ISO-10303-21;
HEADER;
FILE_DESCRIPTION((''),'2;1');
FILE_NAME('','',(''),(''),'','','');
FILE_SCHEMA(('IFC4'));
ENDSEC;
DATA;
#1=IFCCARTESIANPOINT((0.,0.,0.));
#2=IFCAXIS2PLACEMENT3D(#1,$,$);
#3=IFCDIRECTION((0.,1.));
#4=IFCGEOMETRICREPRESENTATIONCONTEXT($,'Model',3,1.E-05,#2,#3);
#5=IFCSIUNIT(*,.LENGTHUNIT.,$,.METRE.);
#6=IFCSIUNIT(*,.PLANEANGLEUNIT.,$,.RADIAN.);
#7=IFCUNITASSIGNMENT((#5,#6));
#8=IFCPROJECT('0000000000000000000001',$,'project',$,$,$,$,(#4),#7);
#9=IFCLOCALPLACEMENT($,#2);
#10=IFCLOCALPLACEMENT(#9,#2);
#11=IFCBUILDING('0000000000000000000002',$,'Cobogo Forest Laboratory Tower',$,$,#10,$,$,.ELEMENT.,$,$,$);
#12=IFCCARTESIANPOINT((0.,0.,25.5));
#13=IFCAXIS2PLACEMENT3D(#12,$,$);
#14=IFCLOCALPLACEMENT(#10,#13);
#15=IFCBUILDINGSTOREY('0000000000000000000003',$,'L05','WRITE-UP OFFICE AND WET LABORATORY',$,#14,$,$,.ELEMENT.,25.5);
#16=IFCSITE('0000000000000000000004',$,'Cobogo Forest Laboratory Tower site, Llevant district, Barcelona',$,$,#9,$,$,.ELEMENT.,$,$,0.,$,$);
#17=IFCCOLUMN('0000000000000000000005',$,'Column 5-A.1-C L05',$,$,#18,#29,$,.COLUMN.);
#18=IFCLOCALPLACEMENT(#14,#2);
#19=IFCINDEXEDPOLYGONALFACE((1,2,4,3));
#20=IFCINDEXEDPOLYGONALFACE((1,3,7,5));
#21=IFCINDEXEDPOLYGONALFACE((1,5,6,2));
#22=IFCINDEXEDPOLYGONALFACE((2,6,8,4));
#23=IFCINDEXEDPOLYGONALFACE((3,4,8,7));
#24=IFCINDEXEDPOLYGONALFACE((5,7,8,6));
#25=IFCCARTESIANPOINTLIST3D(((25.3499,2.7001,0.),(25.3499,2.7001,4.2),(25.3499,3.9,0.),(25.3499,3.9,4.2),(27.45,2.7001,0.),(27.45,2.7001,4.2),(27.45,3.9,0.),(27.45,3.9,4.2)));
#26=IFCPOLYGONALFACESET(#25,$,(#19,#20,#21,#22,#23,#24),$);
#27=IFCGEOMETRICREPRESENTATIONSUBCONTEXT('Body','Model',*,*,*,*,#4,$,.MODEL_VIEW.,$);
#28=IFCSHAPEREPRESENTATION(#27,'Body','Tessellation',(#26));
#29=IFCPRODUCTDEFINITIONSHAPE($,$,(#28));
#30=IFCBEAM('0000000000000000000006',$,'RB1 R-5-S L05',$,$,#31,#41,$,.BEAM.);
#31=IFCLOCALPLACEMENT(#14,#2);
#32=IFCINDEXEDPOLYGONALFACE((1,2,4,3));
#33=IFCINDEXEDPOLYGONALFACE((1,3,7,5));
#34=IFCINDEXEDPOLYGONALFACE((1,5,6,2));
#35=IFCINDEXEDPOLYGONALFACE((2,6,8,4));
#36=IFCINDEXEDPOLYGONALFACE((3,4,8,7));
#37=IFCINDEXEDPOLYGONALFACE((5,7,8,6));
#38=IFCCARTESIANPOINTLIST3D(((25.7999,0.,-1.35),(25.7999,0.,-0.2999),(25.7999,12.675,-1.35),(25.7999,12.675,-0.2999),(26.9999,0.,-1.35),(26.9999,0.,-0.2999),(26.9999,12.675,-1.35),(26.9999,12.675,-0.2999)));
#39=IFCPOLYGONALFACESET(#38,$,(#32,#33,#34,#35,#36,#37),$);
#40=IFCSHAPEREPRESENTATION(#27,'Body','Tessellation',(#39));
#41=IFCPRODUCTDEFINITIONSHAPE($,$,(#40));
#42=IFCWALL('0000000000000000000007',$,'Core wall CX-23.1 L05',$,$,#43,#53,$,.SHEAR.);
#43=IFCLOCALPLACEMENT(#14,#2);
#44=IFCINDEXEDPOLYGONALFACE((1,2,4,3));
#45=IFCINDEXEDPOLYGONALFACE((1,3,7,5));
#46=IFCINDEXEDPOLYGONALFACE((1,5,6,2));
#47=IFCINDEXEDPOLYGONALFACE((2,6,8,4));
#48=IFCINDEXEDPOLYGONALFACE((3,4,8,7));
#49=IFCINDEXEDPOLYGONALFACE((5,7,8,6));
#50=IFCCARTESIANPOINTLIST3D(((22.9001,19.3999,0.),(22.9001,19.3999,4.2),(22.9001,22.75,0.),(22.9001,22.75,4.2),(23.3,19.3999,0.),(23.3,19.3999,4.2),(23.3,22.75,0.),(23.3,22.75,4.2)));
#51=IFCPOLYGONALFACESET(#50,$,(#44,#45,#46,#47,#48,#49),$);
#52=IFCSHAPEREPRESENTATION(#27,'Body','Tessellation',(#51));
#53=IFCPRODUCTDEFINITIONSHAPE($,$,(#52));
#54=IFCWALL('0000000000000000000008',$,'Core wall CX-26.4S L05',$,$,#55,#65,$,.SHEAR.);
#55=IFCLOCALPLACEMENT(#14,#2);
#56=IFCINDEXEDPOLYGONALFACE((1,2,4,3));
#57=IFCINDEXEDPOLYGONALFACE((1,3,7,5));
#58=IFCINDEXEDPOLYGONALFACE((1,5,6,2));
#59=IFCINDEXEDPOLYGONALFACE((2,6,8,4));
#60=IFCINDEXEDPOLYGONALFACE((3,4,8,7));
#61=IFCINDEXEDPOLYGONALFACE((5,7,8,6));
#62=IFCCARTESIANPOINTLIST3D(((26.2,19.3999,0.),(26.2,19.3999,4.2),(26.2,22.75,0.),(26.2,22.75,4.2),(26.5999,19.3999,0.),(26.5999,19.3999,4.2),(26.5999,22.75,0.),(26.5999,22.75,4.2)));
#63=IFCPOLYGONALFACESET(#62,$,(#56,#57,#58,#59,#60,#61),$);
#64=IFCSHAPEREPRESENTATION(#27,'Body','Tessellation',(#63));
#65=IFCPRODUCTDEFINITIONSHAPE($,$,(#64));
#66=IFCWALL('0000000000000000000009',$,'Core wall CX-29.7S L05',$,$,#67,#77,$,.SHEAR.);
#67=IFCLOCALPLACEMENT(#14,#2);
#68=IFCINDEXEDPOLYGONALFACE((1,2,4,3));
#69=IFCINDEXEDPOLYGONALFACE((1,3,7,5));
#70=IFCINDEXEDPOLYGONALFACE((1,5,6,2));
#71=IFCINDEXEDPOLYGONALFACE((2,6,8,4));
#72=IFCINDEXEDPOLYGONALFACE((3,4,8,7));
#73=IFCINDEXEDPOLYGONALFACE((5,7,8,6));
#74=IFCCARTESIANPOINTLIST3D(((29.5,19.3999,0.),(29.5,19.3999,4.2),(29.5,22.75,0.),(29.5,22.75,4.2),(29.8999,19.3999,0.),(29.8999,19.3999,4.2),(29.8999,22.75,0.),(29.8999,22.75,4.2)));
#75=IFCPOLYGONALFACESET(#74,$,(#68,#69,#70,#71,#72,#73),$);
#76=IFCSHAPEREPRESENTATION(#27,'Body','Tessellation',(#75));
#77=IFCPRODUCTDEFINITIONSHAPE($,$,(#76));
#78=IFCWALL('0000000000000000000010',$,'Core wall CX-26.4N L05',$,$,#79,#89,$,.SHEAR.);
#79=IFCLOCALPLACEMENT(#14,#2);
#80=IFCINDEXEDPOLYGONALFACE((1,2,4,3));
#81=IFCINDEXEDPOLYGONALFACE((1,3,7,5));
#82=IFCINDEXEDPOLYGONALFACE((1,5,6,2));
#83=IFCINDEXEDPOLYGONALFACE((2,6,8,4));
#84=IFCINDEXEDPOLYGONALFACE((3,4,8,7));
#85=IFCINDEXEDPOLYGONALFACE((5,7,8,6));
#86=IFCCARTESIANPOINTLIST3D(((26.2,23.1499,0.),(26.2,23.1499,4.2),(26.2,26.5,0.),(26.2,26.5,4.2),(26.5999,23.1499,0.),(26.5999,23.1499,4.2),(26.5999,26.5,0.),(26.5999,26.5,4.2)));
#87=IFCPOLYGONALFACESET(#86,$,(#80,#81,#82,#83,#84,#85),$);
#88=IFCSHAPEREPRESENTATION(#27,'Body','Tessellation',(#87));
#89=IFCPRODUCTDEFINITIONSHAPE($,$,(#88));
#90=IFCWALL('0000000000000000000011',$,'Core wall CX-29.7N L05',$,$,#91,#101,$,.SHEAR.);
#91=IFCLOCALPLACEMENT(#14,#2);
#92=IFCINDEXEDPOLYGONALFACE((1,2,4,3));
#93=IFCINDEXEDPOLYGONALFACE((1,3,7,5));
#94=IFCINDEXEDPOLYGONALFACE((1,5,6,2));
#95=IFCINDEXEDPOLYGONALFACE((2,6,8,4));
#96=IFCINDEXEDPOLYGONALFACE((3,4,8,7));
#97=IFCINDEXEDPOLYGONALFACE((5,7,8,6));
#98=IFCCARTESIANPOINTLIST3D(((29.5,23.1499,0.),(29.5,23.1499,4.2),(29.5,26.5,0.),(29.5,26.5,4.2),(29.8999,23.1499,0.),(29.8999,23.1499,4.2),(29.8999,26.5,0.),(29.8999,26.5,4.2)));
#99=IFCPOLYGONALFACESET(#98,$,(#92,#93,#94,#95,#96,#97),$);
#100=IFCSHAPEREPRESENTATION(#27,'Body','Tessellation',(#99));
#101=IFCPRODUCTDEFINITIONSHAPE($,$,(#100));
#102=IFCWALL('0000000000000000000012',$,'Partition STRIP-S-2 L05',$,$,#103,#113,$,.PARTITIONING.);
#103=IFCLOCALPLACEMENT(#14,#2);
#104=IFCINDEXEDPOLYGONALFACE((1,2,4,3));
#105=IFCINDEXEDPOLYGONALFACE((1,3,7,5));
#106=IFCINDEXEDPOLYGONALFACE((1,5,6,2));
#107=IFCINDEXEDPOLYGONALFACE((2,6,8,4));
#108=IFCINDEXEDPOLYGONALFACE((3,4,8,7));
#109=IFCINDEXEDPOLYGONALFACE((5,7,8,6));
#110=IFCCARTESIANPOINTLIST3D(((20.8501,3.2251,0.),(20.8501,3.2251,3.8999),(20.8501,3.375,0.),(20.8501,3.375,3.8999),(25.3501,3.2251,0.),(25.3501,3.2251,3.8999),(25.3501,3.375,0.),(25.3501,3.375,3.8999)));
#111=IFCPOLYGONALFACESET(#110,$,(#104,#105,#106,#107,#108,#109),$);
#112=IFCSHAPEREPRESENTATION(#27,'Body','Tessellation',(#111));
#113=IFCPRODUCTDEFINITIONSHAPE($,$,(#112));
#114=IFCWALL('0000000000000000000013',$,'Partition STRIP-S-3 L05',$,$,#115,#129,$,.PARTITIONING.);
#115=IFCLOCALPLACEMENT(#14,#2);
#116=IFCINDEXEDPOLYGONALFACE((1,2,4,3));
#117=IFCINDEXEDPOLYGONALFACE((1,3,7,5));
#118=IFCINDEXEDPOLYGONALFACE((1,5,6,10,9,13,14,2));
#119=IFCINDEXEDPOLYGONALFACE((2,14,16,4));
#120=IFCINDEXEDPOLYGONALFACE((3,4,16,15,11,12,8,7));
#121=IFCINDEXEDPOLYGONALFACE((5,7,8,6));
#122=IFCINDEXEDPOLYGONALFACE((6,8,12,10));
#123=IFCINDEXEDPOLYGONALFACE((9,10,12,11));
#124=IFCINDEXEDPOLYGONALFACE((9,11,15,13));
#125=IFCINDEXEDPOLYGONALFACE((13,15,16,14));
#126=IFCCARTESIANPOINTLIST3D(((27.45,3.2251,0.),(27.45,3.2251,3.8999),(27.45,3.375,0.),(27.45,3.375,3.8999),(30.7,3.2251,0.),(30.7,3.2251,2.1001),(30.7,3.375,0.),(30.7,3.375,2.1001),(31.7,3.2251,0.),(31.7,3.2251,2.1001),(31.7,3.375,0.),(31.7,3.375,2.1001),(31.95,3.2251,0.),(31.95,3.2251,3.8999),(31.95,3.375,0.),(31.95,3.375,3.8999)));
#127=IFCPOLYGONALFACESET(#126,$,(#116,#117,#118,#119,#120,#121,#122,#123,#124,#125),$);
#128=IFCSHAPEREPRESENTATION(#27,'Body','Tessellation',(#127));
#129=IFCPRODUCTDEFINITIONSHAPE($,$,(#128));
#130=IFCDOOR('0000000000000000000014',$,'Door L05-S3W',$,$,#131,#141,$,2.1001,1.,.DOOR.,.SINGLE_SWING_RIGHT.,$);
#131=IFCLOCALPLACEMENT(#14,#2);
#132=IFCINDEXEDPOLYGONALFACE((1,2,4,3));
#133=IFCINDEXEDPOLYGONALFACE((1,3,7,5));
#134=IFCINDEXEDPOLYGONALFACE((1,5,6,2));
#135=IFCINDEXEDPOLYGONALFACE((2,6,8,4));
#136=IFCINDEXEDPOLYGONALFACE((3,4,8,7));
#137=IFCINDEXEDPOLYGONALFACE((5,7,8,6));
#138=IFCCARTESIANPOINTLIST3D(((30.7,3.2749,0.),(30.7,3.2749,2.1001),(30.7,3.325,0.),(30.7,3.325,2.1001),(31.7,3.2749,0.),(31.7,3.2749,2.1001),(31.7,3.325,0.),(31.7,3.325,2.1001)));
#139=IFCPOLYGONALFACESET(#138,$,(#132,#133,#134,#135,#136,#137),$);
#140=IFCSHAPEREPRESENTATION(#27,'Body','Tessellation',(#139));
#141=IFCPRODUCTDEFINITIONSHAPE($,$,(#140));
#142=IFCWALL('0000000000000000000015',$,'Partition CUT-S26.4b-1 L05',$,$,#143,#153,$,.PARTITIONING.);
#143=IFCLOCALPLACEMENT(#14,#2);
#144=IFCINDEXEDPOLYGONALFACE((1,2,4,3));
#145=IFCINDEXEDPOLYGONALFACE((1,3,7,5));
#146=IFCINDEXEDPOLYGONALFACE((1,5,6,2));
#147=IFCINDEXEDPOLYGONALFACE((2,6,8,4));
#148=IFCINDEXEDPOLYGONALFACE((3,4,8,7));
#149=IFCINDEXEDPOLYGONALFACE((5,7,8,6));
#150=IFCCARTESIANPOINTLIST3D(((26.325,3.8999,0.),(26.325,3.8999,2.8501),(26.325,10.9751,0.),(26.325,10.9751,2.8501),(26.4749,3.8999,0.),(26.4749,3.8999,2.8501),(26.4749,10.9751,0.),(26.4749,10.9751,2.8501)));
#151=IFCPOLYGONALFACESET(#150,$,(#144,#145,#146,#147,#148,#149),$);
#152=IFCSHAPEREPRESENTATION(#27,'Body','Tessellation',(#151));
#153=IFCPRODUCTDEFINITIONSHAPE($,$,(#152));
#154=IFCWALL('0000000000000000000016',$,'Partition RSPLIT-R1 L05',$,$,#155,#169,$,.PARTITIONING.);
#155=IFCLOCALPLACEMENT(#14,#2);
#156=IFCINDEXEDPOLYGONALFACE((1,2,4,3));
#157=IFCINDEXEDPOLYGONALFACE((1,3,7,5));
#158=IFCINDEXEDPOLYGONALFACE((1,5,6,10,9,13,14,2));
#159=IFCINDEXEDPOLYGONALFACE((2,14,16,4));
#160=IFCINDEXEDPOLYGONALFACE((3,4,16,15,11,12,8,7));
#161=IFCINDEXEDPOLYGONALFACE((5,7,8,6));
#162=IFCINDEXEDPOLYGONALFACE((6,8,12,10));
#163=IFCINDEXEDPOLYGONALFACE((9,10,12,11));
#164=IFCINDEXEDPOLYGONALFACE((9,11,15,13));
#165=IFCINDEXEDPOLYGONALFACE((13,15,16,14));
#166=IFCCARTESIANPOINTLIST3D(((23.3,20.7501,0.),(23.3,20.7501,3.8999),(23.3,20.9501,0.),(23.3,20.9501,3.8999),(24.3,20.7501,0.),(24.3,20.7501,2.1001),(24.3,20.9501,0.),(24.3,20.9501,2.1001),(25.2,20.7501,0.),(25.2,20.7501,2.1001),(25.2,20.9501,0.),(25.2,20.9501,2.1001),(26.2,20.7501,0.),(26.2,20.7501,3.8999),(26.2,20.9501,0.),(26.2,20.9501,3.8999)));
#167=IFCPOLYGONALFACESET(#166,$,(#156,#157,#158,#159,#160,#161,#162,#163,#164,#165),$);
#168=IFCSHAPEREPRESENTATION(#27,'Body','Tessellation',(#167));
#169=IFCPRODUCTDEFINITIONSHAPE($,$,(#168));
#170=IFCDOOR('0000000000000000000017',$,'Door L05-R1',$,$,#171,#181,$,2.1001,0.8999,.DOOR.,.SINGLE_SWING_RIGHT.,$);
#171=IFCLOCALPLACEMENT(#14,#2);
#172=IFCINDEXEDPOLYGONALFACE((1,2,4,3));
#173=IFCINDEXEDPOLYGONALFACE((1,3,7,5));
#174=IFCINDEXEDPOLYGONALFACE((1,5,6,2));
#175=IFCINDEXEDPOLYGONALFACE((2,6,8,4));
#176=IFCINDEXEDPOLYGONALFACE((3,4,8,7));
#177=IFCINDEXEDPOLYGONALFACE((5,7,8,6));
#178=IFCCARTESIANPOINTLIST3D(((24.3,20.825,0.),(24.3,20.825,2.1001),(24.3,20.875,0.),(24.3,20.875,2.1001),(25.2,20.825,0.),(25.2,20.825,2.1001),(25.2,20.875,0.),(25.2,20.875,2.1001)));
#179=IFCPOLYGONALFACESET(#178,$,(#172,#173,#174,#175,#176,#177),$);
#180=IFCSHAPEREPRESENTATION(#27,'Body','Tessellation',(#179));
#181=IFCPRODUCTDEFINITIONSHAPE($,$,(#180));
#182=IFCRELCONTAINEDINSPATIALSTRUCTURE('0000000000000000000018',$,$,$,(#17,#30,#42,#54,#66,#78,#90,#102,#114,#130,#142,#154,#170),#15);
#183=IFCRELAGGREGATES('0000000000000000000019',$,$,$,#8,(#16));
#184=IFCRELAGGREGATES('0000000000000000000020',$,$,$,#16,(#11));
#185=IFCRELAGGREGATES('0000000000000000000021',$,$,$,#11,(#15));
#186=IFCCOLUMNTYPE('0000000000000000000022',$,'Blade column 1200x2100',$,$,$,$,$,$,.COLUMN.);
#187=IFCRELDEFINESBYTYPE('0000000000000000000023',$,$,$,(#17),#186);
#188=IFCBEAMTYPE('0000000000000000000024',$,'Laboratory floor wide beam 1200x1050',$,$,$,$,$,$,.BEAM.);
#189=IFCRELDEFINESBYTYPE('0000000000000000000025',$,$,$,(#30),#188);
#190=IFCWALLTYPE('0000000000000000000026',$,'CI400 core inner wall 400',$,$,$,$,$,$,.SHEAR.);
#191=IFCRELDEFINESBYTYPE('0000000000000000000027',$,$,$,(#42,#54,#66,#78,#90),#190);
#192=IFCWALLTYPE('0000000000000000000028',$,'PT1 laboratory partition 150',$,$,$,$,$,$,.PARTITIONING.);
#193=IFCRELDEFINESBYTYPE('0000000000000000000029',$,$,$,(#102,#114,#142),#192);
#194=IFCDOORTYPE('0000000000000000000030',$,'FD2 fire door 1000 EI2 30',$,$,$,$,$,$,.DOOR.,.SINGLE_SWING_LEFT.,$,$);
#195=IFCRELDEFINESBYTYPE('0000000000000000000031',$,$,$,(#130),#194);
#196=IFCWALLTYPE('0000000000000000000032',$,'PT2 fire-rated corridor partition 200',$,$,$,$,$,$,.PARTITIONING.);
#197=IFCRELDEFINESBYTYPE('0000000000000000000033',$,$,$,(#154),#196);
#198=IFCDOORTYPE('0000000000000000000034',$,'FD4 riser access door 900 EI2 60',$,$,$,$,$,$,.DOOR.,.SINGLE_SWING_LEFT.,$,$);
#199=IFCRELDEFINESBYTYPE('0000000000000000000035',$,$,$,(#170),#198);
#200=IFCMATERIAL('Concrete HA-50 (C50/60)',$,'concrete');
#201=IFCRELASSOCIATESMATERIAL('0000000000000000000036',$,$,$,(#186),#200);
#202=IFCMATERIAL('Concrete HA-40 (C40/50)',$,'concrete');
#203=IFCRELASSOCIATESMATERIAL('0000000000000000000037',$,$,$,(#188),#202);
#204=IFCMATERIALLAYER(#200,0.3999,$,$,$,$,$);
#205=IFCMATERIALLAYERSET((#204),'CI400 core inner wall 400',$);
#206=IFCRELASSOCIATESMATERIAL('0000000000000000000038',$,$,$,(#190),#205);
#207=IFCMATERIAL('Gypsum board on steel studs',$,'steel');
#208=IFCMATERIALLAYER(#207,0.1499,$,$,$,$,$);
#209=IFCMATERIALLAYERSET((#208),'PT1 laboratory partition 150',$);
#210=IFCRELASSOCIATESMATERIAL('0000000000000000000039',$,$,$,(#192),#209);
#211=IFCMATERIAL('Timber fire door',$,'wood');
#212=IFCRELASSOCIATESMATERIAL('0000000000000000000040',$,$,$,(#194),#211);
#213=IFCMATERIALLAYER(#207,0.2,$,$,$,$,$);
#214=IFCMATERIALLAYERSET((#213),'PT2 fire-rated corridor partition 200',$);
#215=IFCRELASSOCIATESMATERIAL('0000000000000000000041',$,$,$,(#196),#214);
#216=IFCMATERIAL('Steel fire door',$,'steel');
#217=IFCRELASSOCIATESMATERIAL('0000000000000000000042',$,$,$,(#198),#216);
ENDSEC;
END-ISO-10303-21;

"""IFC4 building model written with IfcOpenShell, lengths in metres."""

from ifc_helpers import new_model, si_unit, direction, frame, frame_2d, origin, origin_2d, place, context, subcontext, project, spatial, rectangle, extrude, material, layer, layer_set, material_profile, profile_set, type_object, element, fill, save


model = new_model("IFC4")

# Units and contexts
model_context = context("Model", 3, precision=1e-05, world=origin(), true_north=direction((0.0, 1.0)))
body_context = subcontext(model_context, "Body", "Model", "MODEL_VIEW")
ifc_project = project(units=[si_unit("LENGTHUNIT", "METRE"), si_unit("PLANEANGLEUNIT", "RADIAN")], contexts=[model_context])

# Site, building, storey
site_placement = place(None, origin())
site = spatial("IfcSite", under=ifc_project, at=site_placement, Name="Cobogo Forest Laboratory Tower site, Llevant district, Barcelona", CompositionType="ELEMENT", RefElevation=0.0)
building_placement = place(site_placement, origin())
building = spatial("IfcBuilding", under=site, at=building_placement, Name="Cobogo Forest Laboratory Tower", CompositionType="ELEMENT")
storey_placement = place(building_placement, frame((0.0, 0.0, 25.5)))
storey = spatial("IfcBuildingStorey", under=building, at=storey_placement, Name="L05", Description="WRITE-UP OFFICE AND WET LABORATORY", CompositionType="ELEMENT", Elevation=25.5)

# Column
ifc_material_1 = material(Name="Concrete HA-50 (C50/60)", Category="concrete")
ifc_material_profile_1 = material_profile(ifc_material_1, rectangle(XDim=2.1001, YDim=1.2, at=origin_2d()), Name="RC 1200x2100")
ifc_profile_set_1 = profile_set([ifc_material_profile_1], Name="Concrete HA-50 (C50/60)")
column_type = type_object("IfcColumnType", Name="Blade column 1200x2100", PredefinedType="COLUMN", material=ifc_profile_set_1)
column_placement = place(storey_placement, frame((26.3999, 3.3, 0.0), z_axis=(0.0, 0.0, 1.0), x_axis=(1.0, 0.0, 0.0)))
element("IfcColumn", 1, at=column_placement, inside=storey, type_object=column_type, Name="Column 5-A.1-C L05", PredefinedType="COLUMN", context=body_context, shape_type="SweptSolid", body=[
    extrude(rectangle(XDim=2.1001, YDim=1.2, at=origin_2d()), origin(), (0.0, 0.0, 1.0), 4.2),
])

# Beam
ifc_material_2 = material(Name="Concrete HA-40 (C40/50)", Category="concrete")
ifc_material_profile_2 = material_profile(ifc_material_2, rectangle(XDim=1.2, YDim=1.05, at=origin_2d()), Name="RC 1200x1050")
ifc_profile_set_2 = profile_set([ifc_material_profile_2], Name="Concrete HA-40 (C40/50)")
beam_type = type_object("IfcBeamType", Name="Laboratory floor wide beam 1200x1050", PredefinedType="BEAM", material=ifc_profile_set_2)
beam_placement = place(storey_placement, frame((26.3999, 12.675, -0.825), z_axis=(0.0, -1.0, 0.0), x_axis=(1.0, 0.0, 0.0)))
element("IfcBeam", 2, at=beam_placement, inside=storey, type_object=beam_type, Name="RB1 R-5-S L05", PredefinedType="BEAM", context=body_context, shape_type="SweptSolid", body=[
    extrude(rectangle(XDim=1.2, YDim=1.05, at=origin_2d()), origin(), (0.0, 0.0, 1.0), 12.675),
])

# Walls
ifc_layer_1 = layer(ifc_material_1, 0.3999)
ifc_layer_set_1 = layer_set([ifc_layer_1], Name="CI400 core inner wall 400")
wall_type_1 = type_object("IfcWallType", Name="CI400 core inner wall 400", PredefinedType="SHEAR", material=ifc_layer_set_1)
for number, where, z_axis, x_axis, name in (
    (3, (23.1001, 19.3999, 0.0), (0.0, 0.0, 1.0), (0.0, 1.0, 0.0), "Core wall CX-23.1 L05"),
    (4, (26.3999, 19.3999, 0.0), (0.0, 0.0, 1.0), (0.0, 1.0, 0.0), "Core wall CX-26.4S L05"),
    (5, (29.7, 19.3999, 0.0), (0.0, 0.0, 1.0), (0.0, 1.0, 0.0), "Core wall CX-29.7S L05"),
    (6, (26.3999, 23.1499, 0.0), (0.0, 0.0, 1.0), (0.0, 1.0, 0.0), "Core wall CX-26.4N L05"),
    (7, (29.7, 23.1499, 0.0), (0.0, 0.0, 1.0), (0.0, 1.0, 0.0), "Core wall CX-29.7N L05"),
):
    element("IfcWall", number, at=place(storey_placement, frame(where, z_axis=z_axis, x_axis=x_axis)), inside=storey, type_object=wall_type_1, Name=name, PredefinedType="SHEAR", context=body_context, shape_type="SweptSolid", body=[
        extrude(rectangle(XDim=3.3501, YDim=0.3999, at=frame_2d((1.675, 0.0))), origin(), (0.0, 0.0, 1.0), 4.2),
    ])
ifc_material_3 = material(Name="Gypsum board on steel studs", Category="steel")
ifc_layer_2 = layer(ifc_material_3, 0.1499)
ifc_layer_set_2 = layer_set([ifc_layer_2], Name="PT1 laboratory partition 150")
wall_type_2 = type_object("IfcWallType", Name="PT1 laboratory partition 150", PredefinedType="PARTITIONING", material=ifc_layer_set_2)
wall_1_placement = place(storey_placement, frame((20.8501, 3.3, 0.0), z_axis=(0.0, 0.0, 1.0), x_axis=(1.0, 0.0, 0.0)))
element("IfcWall", 8, at=wall_1_placement, inside=storey, type_object=wall_type_2, Name="Partition STRIP-S-2 L05", PredefinedType="PARTITIONING", context=body_context, shape_type="SweptSolid", body=[
    extrude(rectangle(XDim=4.5, YDim=0.1499, at=frame_2d((2.25, 0.0))), origin(), (0.0, 0.0, 1.0), 3.8999),
])

# Wall, opening, door
wall_2_placement = place(storey_placement, frame((27.45, 3.3, 0.0), z_axis=(0.0, 0.0, 1.0), x_axis=(1.0, 0.0, 0.0)))
wall_2 = element("IfcWall", 9, at=wall_2_placement, inside=storey, type_object=wall_type_2, Name="Partition STRIP-S-3 L05", PredefinedType="PARTITIONING", context=body_context, shape_type="SweptSolid", body=[
    extrude(rectangle(XDim=4.5, YDim=0.1499, at=frame_2d((2.25, 0.0))), origin(), (0.0, 0.0, 1.0), 3.8999),
])
opening_1_placement = place(wall_2_placement, frame((3.25, 0.0, 0.0)))
opening_1 = element("IfcOpeningElement", 10, at=opening_1_placement, cuts=wall_2, PredefinedType="OPENING", context=body_context, shape_type="SweptSolid", body=[
    extrude(rectangle(XDim=1.0, YDim=2.1001, at=frame_2d((0.5, 1.05))), frame((0.0, 0.085, 0.0), z_axis=(0.0, -1.0, 0.0), x_axis=(1.0, 0.0, 0.0)), (0.0, 0.0, 1.0), 0.1699),
])
ifc_material_4 = material(Name="Timber fire door", Category="wood")
door_type_1 = type_object("IfcDoorType", Name="FD2 fire door 1000 EI2 30", OperationType="SINGLE_SWING_LEFT", PredefinedType="DOOR", material=ifc_material_4)
door_1_placement = place(opening_1_placement, origin())
door_1 = element("IfcDoor", 11, at=door_1_placement, inside=storey, type_object=door_type_1, Name="Door L05-S3W", OperationType="SINGLE_SWING_RIGHT", OverallHeight=2.1001, OverallWidth=1.0, PredefinedType="DOOR", context=body_context, shape_type="SweptSolid", body=[
    extrude(rectangle(XDim=1.0, YDim=2.1001, at=frame_2d((0.5, 1.05))), frame((0.0, 0.0249, 0.0), z_axis=(0.0, -1.0, 0.0), x_axis=(1.0, 0.0, 0.0)), (0.0, 0.0, 1.0), 0.05),
])
fill(opening_1, door_1)

# Wall
wall_3_placement = place(storey_placement, frame((26.3999, 3.8999, 0.0), z_axis=(0.0, 0.0, 1.0), x_axis=(0.0, 1.0, 0.0)))
element("IfcWall", 12, at=wall_3_placement, inside=storey, type_object=wall_type_2, Name="Partition CUT-S26.4b-1 L05", PredefinedType="PARTITIONING", context=body_context, shape_type="SweptSolid", body=[
    extrude(rectangle(XDim=7.0752, YDim=0.1499, at=frame_2d((3.5376, 0.0))), origin(), (0.0, 0.0, 1.0), 2.8501),
])

# Wall, opening, door
ifc_layer_3 = layer(ifc_material_3, 0.2)
ifc_layer_set_3 = layer_set([ifc_layer_3], Name="PT2 fire-rated corridor partition 200")
wall_type_3 = type_object("IfcWallType", Name="PT2 fire-rated corridor partition 200", PredefinedType="PARTITIONING", material=ifc_layer_set_3)
wall_4_placement = place(storey_placement, frame((23.3, 20.8501, 0.0), z_axis=(0.0, 0.0, 1.0), x_axis=(1.0, 0.0, 0.0)))
wall_4 = element("IfcWall", 13, at=wall_4_placement, inside=storey, type_object=wall_type_3, Name="Partition RSPLIT-R1 L05", PredefinedType="PARTITIONING", context=body_context, shape_type="SweptSolid", body=[
    extrude(rectangle(XDim=2.8999, YDim=0.2, at=frame_2d((1.45, 0.0))), origin(), (0.0, 0.0, 1.0), 3.8999),
])
opening_2_placement = place(wall_4_placement, frame((1.0, 0.0, 0.0)))
opening_2 = element("IfcOpeningElement", 14, at=opening_2_placement, cuts=wall_4, PredefinedType="OPENING", context=body_context, shape_type="SweptSolid", body=[
    extrude(rectangle(XDim=0.8999, YDim=2.1001, at=frame_2d((0.45, 1.05))), frame((0.0, 0.1099, 0.0), z_axis=(0.0, -1.0, 0.0), x_axis=(1.0, 0.0, 0.0)), (0.0, 0.0, 1.0), 0.22),
])
ifc_material_5 = material(Name="Steel fire door", Category="steel")
door_type_2 = type_object("IfcDoorType", Name="FD4 riser access door 900 EI2 60", OperationType="SINGLE_SWING_LEFT", PredefinedType="DOOR", material=ifc_material_5)
door_2_placement = place(opening_2_placement, origin())
door_2 = element("IfcDoor", 15, at=door_2_placement, inside=storey, type_object=door_type_2, Name="Door L05-R1", OperationType="SINGLE_SWING_RIGHT", OverallHeight=2.1001, OverallWidth=0.8999, PredefinedType="DOOR", context=body_context, shape_type="SweptSolid", body=[
    extrude(rectangle(XDim=0.8999, YDim=2.1001, at=frame_2d((0.45, 1.05))), frame((0.0, 0.0249, 0.0), z_axis=(0.0, -1.0, 0.0), x_axis=(1.0, 0.0, 0.0)), (0.0, 0.0, 1.0), 0.05),
])
fill(opening_2, door_2)

save(model, "model.ifc")
